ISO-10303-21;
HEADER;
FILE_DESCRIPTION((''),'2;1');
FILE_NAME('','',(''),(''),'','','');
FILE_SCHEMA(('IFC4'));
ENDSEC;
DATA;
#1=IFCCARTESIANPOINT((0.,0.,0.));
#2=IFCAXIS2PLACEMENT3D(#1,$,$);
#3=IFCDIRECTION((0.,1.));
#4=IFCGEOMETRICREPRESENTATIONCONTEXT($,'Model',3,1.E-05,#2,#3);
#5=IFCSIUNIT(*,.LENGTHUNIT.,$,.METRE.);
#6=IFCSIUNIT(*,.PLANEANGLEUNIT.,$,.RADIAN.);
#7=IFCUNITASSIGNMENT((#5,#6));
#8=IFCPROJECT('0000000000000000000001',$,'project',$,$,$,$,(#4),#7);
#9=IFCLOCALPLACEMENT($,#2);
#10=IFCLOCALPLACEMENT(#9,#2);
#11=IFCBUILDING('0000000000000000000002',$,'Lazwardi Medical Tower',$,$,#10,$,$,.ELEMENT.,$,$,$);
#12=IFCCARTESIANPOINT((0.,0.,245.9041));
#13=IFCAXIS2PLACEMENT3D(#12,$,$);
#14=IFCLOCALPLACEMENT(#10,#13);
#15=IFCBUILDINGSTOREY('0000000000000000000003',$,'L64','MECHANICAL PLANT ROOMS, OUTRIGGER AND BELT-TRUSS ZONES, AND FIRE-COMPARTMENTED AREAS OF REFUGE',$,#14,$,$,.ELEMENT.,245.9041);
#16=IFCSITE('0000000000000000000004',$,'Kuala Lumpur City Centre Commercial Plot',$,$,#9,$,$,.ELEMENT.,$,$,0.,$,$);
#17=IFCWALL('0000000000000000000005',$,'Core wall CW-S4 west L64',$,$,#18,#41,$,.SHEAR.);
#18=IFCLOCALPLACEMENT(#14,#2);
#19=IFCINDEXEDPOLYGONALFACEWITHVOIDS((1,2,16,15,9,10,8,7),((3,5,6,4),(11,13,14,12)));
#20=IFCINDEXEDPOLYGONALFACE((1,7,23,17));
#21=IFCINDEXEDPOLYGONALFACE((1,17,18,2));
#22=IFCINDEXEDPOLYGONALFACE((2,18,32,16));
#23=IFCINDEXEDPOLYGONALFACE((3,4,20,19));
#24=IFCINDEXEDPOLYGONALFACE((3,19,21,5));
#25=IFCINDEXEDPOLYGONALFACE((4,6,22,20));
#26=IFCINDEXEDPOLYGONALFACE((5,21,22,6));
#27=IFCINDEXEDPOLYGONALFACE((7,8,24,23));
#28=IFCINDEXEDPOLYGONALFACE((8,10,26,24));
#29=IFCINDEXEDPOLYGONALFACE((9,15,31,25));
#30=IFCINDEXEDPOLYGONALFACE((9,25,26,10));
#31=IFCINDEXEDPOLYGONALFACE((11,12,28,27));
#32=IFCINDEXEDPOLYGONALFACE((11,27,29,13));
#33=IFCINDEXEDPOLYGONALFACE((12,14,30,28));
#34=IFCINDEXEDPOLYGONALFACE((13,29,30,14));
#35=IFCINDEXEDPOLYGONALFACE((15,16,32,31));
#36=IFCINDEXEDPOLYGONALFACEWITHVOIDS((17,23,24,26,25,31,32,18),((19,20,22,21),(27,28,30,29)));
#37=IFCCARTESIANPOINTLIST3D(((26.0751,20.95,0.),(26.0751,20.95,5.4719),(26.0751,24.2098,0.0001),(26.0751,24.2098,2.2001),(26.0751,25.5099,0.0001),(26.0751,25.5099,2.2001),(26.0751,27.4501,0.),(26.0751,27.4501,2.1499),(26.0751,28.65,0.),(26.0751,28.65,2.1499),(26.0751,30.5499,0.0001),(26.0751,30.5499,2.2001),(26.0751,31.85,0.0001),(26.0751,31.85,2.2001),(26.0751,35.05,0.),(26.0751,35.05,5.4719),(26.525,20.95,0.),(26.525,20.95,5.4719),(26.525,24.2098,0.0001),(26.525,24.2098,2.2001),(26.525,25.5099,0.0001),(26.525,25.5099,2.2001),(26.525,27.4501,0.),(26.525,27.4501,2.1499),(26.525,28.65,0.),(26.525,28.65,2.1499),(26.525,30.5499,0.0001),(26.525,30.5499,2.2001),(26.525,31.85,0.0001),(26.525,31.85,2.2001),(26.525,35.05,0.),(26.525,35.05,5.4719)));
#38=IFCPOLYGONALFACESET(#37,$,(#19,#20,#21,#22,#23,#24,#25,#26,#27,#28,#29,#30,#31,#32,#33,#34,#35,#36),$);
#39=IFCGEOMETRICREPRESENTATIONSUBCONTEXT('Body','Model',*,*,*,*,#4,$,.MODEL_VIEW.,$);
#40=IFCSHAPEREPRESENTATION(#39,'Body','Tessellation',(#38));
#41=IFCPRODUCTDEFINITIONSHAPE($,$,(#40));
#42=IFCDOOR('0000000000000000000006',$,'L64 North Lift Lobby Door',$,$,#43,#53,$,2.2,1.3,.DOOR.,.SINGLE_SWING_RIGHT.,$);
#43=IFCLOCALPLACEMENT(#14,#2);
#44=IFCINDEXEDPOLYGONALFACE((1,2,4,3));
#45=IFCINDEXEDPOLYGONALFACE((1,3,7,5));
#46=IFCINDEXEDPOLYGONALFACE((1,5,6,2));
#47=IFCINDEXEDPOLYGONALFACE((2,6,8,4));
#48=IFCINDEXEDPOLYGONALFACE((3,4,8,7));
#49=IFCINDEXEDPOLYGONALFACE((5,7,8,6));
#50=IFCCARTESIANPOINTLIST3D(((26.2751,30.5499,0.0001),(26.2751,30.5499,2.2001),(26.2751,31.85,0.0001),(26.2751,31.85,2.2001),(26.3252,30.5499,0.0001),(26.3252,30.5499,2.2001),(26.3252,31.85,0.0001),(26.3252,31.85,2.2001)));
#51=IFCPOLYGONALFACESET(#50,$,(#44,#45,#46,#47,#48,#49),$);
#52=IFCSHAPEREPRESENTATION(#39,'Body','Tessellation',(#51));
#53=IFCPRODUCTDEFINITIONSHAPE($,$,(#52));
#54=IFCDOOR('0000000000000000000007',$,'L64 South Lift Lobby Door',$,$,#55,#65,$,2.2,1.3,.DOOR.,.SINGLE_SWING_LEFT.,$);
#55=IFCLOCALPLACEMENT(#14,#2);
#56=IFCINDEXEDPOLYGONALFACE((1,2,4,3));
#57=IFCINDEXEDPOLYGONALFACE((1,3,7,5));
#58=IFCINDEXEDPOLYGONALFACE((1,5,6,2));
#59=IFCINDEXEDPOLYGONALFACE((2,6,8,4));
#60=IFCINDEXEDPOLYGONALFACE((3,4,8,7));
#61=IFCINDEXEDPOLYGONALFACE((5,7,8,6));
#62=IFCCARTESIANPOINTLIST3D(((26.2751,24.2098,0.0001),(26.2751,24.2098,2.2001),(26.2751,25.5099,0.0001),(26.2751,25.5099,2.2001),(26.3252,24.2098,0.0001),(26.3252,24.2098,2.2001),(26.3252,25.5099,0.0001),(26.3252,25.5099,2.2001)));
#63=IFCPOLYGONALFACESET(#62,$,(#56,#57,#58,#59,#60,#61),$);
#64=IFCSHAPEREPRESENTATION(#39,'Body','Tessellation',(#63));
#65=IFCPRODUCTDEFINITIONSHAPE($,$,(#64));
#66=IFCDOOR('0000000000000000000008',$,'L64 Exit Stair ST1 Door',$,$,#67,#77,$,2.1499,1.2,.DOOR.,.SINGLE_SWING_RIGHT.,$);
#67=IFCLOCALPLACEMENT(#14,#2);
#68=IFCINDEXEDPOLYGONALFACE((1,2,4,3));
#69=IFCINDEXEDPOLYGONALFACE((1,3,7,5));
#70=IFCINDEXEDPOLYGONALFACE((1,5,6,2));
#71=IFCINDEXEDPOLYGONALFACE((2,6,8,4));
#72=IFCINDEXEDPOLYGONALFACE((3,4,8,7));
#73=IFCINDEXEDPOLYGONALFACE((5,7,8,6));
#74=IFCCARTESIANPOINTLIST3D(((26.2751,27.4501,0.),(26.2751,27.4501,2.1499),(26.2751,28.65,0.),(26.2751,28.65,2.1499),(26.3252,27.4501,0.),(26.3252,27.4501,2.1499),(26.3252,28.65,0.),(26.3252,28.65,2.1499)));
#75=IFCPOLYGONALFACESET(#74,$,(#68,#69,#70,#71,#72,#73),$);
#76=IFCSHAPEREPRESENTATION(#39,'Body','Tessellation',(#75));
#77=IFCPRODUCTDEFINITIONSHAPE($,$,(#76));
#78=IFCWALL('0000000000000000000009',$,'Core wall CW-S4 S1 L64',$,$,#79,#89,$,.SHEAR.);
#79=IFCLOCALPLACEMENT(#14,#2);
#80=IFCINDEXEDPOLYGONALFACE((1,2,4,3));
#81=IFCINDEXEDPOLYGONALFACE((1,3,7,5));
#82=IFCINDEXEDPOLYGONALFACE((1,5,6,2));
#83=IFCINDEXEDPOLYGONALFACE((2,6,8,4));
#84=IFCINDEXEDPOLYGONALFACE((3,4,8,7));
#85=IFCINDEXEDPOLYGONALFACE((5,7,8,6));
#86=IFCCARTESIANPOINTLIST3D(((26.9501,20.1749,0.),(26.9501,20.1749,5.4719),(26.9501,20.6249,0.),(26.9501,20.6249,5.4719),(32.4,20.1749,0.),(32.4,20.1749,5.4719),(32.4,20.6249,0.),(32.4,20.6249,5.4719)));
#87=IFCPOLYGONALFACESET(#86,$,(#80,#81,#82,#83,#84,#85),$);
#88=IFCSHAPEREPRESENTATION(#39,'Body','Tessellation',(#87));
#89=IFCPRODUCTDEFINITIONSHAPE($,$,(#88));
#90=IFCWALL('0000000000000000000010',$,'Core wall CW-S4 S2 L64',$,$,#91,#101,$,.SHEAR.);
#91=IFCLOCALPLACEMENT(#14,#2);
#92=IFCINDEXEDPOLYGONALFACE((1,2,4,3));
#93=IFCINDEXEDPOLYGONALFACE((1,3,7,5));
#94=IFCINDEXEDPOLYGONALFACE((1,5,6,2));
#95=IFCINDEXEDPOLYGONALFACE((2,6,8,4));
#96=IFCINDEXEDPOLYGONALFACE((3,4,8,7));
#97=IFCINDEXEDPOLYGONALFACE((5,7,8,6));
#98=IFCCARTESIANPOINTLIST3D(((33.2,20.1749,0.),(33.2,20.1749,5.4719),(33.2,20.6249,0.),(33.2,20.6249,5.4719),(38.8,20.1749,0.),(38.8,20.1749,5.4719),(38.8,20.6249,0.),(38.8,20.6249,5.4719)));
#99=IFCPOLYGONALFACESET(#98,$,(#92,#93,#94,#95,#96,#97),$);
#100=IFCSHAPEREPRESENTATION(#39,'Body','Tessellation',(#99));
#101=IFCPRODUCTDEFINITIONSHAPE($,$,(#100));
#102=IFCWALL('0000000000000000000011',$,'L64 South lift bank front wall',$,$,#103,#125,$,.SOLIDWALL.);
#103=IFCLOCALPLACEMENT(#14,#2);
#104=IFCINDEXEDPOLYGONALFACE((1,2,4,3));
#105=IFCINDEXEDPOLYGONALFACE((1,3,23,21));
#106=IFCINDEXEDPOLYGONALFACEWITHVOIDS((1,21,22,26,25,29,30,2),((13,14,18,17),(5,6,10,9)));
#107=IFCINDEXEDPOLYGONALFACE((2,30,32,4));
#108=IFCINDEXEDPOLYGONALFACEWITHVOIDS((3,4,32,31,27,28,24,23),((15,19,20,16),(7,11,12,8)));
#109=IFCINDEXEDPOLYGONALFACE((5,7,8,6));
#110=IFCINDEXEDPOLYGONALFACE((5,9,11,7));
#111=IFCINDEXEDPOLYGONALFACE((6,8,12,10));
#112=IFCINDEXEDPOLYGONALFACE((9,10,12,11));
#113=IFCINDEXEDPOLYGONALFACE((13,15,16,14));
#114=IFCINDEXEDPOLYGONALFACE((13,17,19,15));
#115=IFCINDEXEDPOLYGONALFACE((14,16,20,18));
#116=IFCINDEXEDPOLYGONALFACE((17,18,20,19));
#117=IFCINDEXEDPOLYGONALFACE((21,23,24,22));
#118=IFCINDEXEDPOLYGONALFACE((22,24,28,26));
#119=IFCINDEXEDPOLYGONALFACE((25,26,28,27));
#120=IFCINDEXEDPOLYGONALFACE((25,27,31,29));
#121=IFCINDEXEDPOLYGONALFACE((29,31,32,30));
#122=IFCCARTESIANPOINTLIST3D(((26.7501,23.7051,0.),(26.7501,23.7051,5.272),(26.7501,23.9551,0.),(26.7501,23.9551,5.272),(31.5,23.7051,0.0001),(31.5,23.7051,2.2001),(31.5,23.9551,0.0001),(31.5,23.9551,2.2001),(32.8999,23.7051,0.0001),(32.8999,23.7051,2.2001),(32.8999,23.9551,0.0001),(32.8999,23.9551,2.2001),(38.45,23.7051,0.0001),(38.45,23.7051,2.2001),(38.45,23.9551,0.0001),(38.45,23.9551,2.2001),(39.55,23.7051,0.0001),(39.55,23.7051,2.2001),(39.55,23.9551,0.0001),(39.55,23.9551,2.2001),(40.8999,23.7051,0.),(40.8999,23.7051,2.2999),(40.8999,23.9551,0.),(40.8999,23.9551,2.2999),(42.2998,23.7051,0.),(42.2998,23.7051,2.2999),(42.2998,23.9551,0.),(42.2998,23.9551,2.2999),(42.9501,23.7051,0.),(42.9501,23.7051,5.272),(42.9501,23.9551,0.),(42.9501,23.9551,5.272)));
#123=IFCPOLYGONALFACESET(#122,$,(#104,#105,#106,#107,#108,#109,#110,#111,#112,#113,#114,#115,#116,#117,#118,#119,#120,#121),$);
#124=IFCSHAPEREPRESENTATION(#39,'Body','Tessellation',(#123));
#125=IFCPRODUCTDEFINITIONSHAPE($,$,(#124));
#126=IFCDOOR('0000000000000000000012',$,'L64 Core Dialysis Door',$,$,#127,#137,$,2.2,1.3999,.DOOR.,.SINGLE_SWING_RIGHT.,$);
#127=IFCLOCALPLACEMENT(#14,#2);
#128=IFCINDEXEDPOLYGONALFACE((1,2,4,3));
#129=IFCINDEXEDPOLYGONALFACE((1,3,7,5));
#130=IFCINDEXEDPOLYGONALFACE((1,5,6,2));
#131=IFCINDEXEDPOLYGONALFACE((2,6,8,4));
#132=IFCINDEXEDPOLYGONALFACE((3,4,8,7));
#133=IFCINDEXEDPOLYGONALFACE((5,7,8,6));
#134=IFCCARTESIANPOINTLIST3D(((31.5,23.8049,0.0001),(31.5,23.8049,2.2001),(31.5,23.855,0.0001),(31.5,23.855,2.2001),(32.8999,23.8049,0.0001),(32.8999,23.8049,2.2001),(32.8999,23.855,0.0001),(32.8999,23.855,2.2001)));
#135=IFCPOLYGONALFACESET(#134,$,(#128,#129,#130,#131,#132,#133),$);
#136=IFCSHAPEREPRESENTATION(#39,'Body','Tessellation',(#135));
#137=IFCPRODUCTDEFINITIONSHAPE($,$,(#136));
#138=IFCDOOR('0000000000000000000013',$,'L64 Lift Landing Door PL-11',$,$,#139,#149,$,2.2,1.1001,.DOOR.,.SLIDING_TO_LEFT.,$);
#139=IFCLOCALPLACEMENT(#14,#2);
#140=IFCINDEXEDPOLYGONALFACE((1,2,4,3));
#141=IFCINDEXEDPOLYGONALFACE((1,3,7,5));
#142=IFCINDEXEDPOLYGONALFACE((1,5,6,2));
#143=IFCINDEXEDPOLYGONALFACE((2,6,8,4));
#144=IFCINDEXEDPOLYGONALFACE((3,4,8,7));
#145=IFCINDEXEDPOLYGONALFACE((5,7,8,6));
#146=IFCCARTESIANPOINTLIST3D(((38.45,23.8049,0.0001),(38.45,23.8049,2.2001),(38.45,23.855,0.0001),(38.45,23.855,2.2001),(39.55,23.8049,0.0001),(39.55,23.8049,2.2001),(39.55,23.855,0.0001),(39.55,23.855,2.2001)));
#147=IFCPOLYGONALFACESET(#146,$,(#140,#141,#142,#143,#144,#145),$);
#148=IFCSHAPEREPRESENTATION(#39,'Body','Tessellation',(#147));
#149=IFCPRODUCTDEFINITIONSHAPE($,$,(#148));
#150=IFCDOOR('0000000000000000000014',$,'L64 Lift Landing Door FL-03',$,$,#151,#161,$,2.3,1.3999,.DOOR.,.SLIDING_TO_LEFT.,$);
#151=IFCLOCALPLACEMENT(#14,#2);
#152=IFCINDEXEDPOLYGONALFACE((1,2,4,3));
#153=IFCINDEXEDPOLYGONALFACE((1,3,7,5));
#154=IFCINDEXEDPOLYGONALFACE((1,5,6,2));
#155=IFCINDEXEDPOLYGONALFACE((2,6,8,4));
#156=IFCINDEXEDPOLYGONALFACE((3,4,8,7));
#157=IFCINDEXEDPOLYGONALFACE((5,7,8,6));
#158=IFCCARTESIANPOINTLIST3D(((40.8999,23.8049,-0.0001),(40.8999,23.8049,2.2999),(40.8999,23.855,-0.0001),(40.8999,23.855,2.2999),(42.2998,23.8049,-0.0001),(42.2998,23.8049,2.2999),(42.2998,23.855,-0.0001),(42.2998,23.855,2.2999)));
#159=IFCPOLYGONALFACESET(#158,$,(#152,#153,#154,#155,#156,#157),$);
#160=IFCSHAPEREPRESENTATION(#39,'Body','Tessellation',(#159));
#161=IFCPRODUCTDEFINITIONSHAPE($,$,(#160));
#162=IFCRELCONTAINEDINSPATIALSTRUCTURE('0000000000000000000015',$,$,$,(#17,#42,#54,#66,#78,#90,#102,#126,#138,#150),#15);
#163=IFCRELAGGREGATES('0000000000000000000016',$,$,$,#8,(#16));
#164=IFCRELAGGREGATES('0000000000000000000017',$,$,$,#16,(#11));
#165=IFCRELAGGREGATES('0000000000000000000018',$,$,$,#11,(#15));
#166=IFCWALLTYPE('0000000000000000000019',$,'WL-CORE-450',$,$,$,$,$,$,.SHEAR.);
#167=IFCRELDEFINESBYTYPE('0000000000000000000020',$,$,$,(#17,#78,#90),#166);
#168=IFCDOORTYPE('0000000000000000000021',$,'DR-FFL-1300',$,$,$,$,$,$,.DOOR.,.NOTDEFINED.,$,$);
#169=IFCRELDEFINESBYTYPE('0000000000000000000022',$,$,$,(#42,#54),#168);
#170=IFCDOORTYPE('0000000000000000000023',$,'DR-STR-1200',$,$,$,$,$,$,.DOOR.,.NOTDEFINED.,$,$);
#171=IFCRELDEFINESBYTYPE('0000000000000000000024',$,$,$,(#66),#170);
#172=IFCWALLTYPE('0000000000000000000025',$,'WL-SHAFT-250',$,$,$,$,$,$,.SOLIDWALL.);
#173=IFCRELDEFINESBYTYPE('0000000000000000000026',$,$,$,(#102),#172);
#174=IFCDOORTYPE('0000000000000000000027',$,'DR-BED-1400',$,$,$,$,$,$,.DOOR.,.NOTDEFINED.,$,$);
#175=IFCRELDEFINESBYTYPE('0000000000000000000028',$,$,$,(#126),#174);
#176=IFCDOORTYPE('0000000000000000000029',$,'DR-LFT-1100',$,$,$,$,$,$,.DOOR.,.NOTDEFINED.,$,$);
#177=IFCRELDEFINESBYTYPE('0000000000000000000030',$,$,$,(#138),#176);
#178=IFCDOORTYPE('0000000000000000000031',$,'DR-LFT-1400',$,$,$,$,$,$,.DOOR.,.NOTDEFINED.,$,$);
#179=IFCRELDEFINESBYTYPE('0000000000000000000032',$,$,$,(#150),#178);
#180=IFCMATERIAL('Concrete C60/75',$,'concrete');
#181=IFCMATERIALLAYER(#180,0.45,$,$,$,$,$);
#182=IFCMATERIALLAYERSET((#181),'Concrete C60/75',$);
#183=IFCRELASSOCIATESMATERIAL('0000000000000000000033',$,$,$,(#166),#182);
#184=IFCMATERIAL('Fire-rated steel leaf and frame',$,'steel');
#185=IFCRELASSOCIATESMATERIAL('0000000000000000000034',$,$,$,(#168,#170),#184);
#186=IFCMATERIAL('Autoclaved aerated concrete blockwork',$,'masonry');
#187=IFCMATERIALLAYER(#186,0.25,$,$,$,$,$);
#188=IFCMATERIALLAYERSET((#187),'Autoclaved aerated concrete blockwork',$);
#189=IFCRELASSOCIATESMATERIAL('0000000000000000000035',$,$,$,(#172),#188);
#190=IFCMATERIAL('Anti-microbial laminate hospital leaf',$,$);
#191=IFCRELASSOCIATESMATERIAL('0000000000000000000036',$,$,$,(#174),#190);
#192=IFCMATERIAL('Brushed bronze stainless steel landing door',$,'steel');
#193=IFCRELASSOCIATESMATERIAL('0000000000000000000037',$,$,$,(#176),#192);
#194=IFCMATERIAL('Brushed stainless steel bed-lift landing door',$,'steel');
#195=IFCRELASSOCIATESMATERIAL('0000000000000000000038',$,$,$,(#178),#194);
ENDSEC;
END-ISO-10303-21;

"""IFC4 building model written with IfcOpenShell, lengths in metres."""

from ifc_helpers import new_model, si_unit, direction, frame, frame_2d, origin, place, context, subcontext, project, spatial, rectangle, extrude, material, layer, layer_set, type_object, element, fill, save


model = new_model("IFC4")

# Units and contexts
model_context = context("Model", 3, precision=1e-05, world=origin(), true_north=direction((0.0, 1.0)))
body_context = subcontext(model_context, "Body", "Model", "MODEL_VIEW")
ifc_project = project(units=[si_unit("LENGTHUNIT", "METRE"), si_unit("PLANEANGLEUNIT", "RADIAN")], contexts=[model_context])

# Site, building, storey
site_placement = place(None, origin())
site = spatial("IfcSite", under=ifc_project, at=site_placement, Name="Kuala Lumpur City Centre Commercial Plot", CompositionType="ELEMENT", RefElevation=0.0)
building_placement = place(site_placement, origin())
building = spatial("IfcBuilding", under=site, at=building_placement, Name="Lazwardi Medical Tower", CompositionType="ELEMENT")
storey_placement = place(building_placement, frame((0.0, 0.0, 245.9041)))
storey = spatial("IfcBuildingStorey", under=building, at=storey_placement, Name="L64", Description="MECHANICAL PLANT ROOMS, OUTRIGGER AND BELT-TRUSS ZONES, AND FIRE-COMPARTMENTED AREAS OF REFUGE", CompositionType="ELEMENT", Elevation=245.9041)

# Shared definitions
ifc_material_1 = material(Name="Concrete C60/75", Category="concrete")

# Wall, openings, doors
ifc_layer_1 = layer(ifc_material_1, 0.45)
ifc_layer_set_1 = layer_set([ifc_layer_1], Name="Concrete C60/75")
wall_type_1 = type_object("IfcWallType", Name="WL-CORE-450", PredefinedType="SHEAR", material=ifc_layer_set_1)
wall_1_placement = place(storey_placement, frame((26.3, 20.95, 0.0), z_axis=(0.0, 0.0, 1.0), x_axis=(0.0, 1.0, 0.0)))
wall_1 = element("IfcWall", 1, at=wall_1_placement, inside=storey, type_object=wall_type_1, Name="Core wall CW-S4 west L64", PredefinedType="SHEAR", context=body_context, shape_type="SweptSolid", body=[
    extrude(rectangle(XDim=14.1001, YDim=0.45, at=frame_2d((7.05, 0.0))), origin(), (0.0, 0.0, 1.0), 5.4719),
])
opening_1_placement = place(wall_1_placement, frame((6.5, 0.0, 0.0)))
opening_1 = element("IfcOpeningElement", 2, at=opening_1_placement, cuts=wall_1, PredefinedType="OPENING", context=body_context, shape_type="SweptSolid", body=[
    extrude(rectangle(XDim=1.2, YDim=2.1499, at=frame_2d((0.6001, 1.075))), frame((0.0, 0.2349, 0.0), z_axis=(0.0, -1.0, 0.0), x_axis=(1.0, 0.0, 0.0)), (0.0, 0.0, 1.0), 0.47),
])
opening_2_placement = place(wall_1_placement, frame((9.6001, 0.0, 0.0)))
opening_2 = element("IfcOpeningElement", 3, at=opening_2_placement, cuts=wall_1, PredefinedType="OPENING", context=body_context, shape_type="SweptSolid", body=[
    extrude(rectangle(XDim=1.3, YDim=2.2, at=frame_2d((0.6499, 1.1001))), frame((0.0, 0.2349, 0.0), z_axis=(0.0, -1.0, 0.0), x_axis=(1.0, 0.0, 0.0)), (0.0, 0.0, 1.0), 0.47),
])
opening_3_placement = place(wall_1_placement, frame((3.26, 0.0, 0.0)))
opening_3 = element("IfcOpeningElement", 4, at=opening_3_placement, cuts=wall_1, PredefinedType="OPENING", context=body_context, shape_type="SweptSolid", body=[
    extrude(rectangle(XDim=1.3, YDim=2.2, at=frame_2d((0.6499, 1.1001))), frame((0.0, 0.2349, 0.0), z_axis=(0.0, -1.0, 0.0), x_axis=(1.0, 0.0, 0.0)), (0.0, 0.0, 1.0), 0.47),
])
ifc_material_2 = material(Name="Fire-rated steel leaf and frame", Category="steel")
door_type_1 = type_object("IfcDoorType", Name="DR-FFL-1300", OperationType="NOTDEFINED", PredefinedType="DOOR", material=ifc_material_2)
door_1_placement = place(opening_2_placement, origin())
door_1 = element("IfcDoor", 5, at=door_1_placement, inside=storey, type_object=door_type_1, Name="L64 North Lift Lobby Door", OperationType="SINGLE_SWING_RIGHT", OverallHeight=2.2, OverallWidth=1.3, PredefinedType="DOOR", context=body_context, shape_type="SweptSolid", body=[
    extrude(rectangle(XDim=1.3, YDim=2.2, at=frame_2d((0.6499, 1.1001))), frame((0.0, 0.0249, 0.0), z_axis=(0.0, -1.0, 0.0), x_axis=(1.0, 0.0, 0.0)), (0.0, 0.0, 1.0), 0.05),
])
fill(opening_2, door_1)
door_2_placement = place(opening_3_placement, origin())
door_2 = element("IfcDoor", 6, at=door_2_placement, inside=storey, type_object=door_type_1, Name="L64 South Lift Lobby Door", OperationType="SINGLE_SWING_LEFT", OverallHeight=2.2, OverallWidth=1.3, PredefinedType="DOOR", context=body_context, shape_type="SweptSolid", body=[
    extrude(rectangle(XDim=1.3, YDim=2.2, at=frame_2d((0.6499, 1.1001))), frame((0.0, 0.0249, 0.0), z_axis=(0.0, -1.0, 0.0), x_axis=(1.0, 0.0, 0.0)), (0.0, 0.0, 1.0), 0.05),
])
fill(opening_3, door_2)
door_type_2 = type_object("IfcDoorType", Name="DR-STR-1200", OperationType="NOTDEFINED", PredefinedType="DOOR", material=ifc_material_2)
door_3_placement = place(opening_1_placement, origin())
door_3 = element("IfcDoor", 7, at=door_3_placement, inside=storey, type_object=door_type_2, Name="L64 Exit Stair ST1 Door", OperationType="SINGLE_SWING_RIGHT", OverallHeight=2.1499, OverallWidth=1.2, PredefinedType="DOOR", context=body_context, shape_type="SweptSolid", body=[
    extrude(rectangle(XDim=1.2, YDim=2.1499, at=frame_2d((0.6001, 1.075))), frame((0.0, 0.0249, 0.0), z_axis=(0.0, -1.0, 0.0), x_axis=(1.0, 0.0, 0.0)), (0.0, 0.0, 1.0), 0.05),
])
fill(opening_1, door_3)

# Walls
wall_2_placement = place(storey_placement, frame((26.95, 20.3999, 0.0), z_axis=(0.0, 0.0, 1.0), x_axis=(1.0, 0.0, 0.0)))
element("IfcWall", 8, at=wall_2_placement, inside=storey, type_object=wall_type_1, Name="Core wall CW-S4 S1 L64", PredefinedType="SHEAR", context=body_context, shape_type="SweptSolid", body=[
    extrude(rectangle(XDim=5.45, YDim=0.45, at=frame_2d((2.7251, 0.0))), origin(), (0.0, 0.0, 1.0), 5.4719),
])
wall_3_placement = place(storey_placement, frame((33.2, 20.3999, 0.0), z_axis=(0.0, 0.0, 1.0), x_axis=(1.0, 0.0, 0.0)))
element("IfcWall", 9, at=wall_3_placement, inside=storey, type_object=wall_type_1, Name="Core wall CW-S4 S2 L64", PredefinedType="SHEAR", context=body_context, shape_type="SweptSolid", body=[
    extrude(rectangle(XDim=5.6001, YDim=0.45, at=frame_2d((2.8, 0.0))), origin(), (0.0, 0.0, 1.0), 5.4719),
])

# Wall, openings, doors
ifc_material_3 = material(Name="Autoclaved aerated concrete blockwork", Category="masonry")
ifc_layer_2 = layer(ifc_material_3, 0.25)
ifc_layer_set_2 = layer_set([ifc_layer_2], Name="Autoclaved aerated concrete blockwork")
wall_type_2 = type_object("IfcWallType", Name="WL-SHAFT-250", PredefinedType="SOLIDWALL", material=ifc_layer_set_2)
wall_4_placement = place(storey_placement, frame((26.75, 23.8301, 0.0), z_axis=(0.0, 0.0, 1.0), x_axis=(1.0, 0.0, 0.0)))
wall_4 = element("IfcWall", 10, at=wall_4_placement, inside=storey, type_object=wall_type_2, Name="L64 South lift bank front wall", PredefinedType="SOLIDWALL", context=body_context, shape_type="SweptSolid", body=[
    extrude(rectangle(XDim=16.2, YDim=0.25, at=frame_2d((8.1001, 0.0))), origin(), (0.0, 0.0, 1.0), 5.272),
])
opening_4_placement = place(wall_4_placement, frame((4.75, 0.0, 0.0)))
opening_4 = element("IfcOpeningElement", 11, at=opening_4_placement, cuts=wall_4, PredefinedType="OPENING", context=body_context, shape_type="SweptSolid", body=[
    extrude(rectangle(XDim=1.3999, YDim=2.2, at=frame_2d((0.7, 1.1001))), frame((0.0, 0.135, 0.0), z_axis=(0.0, -1.0, 0.0), x_axis=(1.0, 0.0, 0.0)), (0.0, 0.0, 1.0), 0.27),
])
opening_5_placement = place(wall_4_placement, frame((11.7, 0.0, 0.0)))
opening_5 = element("IfcOpeningElement", 12, at=opening_5_placement, cuts=wall_4, PredefinedType="OPENING", context=body_context, shape_type="SweptSolid", body=[
    extrude(rectangle(XDim=1.1001, YDim=2.2, at=frame_2d((0.55, 1.1001))), frame((0.0, 0.135, 0.0), z_axis=(0.0, -1.0, 0.0), x_axis=(1.0, 0.0, 0.0)), (0.0, 0.0, 1.0), 0.27),
])
opening_6_placement = place(wall_4_placement, frame((14.1499, 0.0, 0.0)))
opening_6 = element("IfcOpeningElement", 13, at=opening_6_placement, cuts=wall_4, PredefinedType="OPENING", context=body_context, shape_type="SweptSolid", body=[
    extrude(rectangle(XDim=1.3999, YDim=2.3, at=frame_2d((0.7, 1.1499))), frame((0.0, 0.135, 0.0), z_axis=(0.0, -1.0, 0.0), x_axis=(1.0, 0.0, 0.0)), (0.0, 0.0, 1.0), 0.27),
])
ifc_material_4 = material(Name="Anti-microbial laminate hospital leaf")
door_type_3 = type_object("IfcDoorType", Name="DR-BED-1400", OperationType="NOTDEFINED", PredefinedType="DOOR", material=ifc_material_4)
door_4_placement = place(opening_4_placement, origin())
door_4 = element("IfcDoor", 14, at=door_4_placement, inside=storey, type_object=door_type_3, Name="L64 Core Dialysis Door", OperationType="SINGLE_SWING_RIGHT", OverallHeight=2.2, OverallWidth=1.3999, PredefinedType="DOOR", context=body_context, shape_type="SweptSolid", body=[
    extrude(rectangle(XDim=1.3999, YDim=2.2, at=frame_2d((0.7, 1.1001))), frame((0.0, 0.0249, 0.0), z_axis=(0.0, -1.0, 0.0), x_axis=(1.0, 0.0, 0.0)), (0.0, 0.0, 1.0), 0.05),
])
fill(opening_4, door_4)
ifc_material_5 = material(Name="Brushed bronze stainless steel landing door", Category="steel")
door_type_4 = type_object("IfcDoorType", Name="DR-LFT-1100", OperationType="NOTDEFINED", PredefinedType="DOOR", material=ifc_material_5)
door_5_placement = place(opening_5_placement, origin())
door_5 = element("IfcDoor", 15, at=door_5_placement, inside=storey, type_object=door_type_4, Name="L64 Lift Landing Door PL-11", OperationType="SLIDING_TO_LEFT", OverallHeight=2.2, OverallWidth=1.1001, PredefinedType="DOOR", context=body_context, shape_type="SweptSolid", body=[
    extrude(rectangle(XDim=1.1001, YDim=2.2, at=frame_2d((0.55, 1.1001))), frame((0.0, 0.0249, 0.0), z_axis=(0.0, -1.0, 0.0), x_axis=(1.0, 0.0, 0.0)), (0.0, 0.0, 1.0), 0.05),
])
fill(opening_5, door_5)
ifc_material_6 = material(Name="Brushed stainless steel bed-lift landing door", Category="steel")
door_type_5 = type_object("IfcDoorType", Name="DR-LFT-1400", OperationType="NOTDEFINED", PredefinedType="DOOR", material=ifc_material_6)
door_6_placement = place(opening_6_placement, origin())
door_6 = element("IfcDoor", 16, at=door_6_placement, inside=storey, type_object=door_type_5, Name="L64 Lift Landing Door FL-03", OperationType="SLIDING_TO_LEFT", OverallHeight=2.3, OverallWidth=1.3999, PredefinedType="DOOR", context=body_context, shape_type="SweptSolid", body=[
    extrude(rectangle(XDim=1.3999, YDim=2.3, at=frame_2d((0.7, 1.1499))), frame((0.0, 0.0249, 0.0), z_axis=(0.0, -1.0, 0.0), x_axis=(1.0, 0.0, 0.0)), (0.0, 0.0, 1.0), 0.05),
])
fill(opening_6, door_6)

save(model, "model.ifc")
